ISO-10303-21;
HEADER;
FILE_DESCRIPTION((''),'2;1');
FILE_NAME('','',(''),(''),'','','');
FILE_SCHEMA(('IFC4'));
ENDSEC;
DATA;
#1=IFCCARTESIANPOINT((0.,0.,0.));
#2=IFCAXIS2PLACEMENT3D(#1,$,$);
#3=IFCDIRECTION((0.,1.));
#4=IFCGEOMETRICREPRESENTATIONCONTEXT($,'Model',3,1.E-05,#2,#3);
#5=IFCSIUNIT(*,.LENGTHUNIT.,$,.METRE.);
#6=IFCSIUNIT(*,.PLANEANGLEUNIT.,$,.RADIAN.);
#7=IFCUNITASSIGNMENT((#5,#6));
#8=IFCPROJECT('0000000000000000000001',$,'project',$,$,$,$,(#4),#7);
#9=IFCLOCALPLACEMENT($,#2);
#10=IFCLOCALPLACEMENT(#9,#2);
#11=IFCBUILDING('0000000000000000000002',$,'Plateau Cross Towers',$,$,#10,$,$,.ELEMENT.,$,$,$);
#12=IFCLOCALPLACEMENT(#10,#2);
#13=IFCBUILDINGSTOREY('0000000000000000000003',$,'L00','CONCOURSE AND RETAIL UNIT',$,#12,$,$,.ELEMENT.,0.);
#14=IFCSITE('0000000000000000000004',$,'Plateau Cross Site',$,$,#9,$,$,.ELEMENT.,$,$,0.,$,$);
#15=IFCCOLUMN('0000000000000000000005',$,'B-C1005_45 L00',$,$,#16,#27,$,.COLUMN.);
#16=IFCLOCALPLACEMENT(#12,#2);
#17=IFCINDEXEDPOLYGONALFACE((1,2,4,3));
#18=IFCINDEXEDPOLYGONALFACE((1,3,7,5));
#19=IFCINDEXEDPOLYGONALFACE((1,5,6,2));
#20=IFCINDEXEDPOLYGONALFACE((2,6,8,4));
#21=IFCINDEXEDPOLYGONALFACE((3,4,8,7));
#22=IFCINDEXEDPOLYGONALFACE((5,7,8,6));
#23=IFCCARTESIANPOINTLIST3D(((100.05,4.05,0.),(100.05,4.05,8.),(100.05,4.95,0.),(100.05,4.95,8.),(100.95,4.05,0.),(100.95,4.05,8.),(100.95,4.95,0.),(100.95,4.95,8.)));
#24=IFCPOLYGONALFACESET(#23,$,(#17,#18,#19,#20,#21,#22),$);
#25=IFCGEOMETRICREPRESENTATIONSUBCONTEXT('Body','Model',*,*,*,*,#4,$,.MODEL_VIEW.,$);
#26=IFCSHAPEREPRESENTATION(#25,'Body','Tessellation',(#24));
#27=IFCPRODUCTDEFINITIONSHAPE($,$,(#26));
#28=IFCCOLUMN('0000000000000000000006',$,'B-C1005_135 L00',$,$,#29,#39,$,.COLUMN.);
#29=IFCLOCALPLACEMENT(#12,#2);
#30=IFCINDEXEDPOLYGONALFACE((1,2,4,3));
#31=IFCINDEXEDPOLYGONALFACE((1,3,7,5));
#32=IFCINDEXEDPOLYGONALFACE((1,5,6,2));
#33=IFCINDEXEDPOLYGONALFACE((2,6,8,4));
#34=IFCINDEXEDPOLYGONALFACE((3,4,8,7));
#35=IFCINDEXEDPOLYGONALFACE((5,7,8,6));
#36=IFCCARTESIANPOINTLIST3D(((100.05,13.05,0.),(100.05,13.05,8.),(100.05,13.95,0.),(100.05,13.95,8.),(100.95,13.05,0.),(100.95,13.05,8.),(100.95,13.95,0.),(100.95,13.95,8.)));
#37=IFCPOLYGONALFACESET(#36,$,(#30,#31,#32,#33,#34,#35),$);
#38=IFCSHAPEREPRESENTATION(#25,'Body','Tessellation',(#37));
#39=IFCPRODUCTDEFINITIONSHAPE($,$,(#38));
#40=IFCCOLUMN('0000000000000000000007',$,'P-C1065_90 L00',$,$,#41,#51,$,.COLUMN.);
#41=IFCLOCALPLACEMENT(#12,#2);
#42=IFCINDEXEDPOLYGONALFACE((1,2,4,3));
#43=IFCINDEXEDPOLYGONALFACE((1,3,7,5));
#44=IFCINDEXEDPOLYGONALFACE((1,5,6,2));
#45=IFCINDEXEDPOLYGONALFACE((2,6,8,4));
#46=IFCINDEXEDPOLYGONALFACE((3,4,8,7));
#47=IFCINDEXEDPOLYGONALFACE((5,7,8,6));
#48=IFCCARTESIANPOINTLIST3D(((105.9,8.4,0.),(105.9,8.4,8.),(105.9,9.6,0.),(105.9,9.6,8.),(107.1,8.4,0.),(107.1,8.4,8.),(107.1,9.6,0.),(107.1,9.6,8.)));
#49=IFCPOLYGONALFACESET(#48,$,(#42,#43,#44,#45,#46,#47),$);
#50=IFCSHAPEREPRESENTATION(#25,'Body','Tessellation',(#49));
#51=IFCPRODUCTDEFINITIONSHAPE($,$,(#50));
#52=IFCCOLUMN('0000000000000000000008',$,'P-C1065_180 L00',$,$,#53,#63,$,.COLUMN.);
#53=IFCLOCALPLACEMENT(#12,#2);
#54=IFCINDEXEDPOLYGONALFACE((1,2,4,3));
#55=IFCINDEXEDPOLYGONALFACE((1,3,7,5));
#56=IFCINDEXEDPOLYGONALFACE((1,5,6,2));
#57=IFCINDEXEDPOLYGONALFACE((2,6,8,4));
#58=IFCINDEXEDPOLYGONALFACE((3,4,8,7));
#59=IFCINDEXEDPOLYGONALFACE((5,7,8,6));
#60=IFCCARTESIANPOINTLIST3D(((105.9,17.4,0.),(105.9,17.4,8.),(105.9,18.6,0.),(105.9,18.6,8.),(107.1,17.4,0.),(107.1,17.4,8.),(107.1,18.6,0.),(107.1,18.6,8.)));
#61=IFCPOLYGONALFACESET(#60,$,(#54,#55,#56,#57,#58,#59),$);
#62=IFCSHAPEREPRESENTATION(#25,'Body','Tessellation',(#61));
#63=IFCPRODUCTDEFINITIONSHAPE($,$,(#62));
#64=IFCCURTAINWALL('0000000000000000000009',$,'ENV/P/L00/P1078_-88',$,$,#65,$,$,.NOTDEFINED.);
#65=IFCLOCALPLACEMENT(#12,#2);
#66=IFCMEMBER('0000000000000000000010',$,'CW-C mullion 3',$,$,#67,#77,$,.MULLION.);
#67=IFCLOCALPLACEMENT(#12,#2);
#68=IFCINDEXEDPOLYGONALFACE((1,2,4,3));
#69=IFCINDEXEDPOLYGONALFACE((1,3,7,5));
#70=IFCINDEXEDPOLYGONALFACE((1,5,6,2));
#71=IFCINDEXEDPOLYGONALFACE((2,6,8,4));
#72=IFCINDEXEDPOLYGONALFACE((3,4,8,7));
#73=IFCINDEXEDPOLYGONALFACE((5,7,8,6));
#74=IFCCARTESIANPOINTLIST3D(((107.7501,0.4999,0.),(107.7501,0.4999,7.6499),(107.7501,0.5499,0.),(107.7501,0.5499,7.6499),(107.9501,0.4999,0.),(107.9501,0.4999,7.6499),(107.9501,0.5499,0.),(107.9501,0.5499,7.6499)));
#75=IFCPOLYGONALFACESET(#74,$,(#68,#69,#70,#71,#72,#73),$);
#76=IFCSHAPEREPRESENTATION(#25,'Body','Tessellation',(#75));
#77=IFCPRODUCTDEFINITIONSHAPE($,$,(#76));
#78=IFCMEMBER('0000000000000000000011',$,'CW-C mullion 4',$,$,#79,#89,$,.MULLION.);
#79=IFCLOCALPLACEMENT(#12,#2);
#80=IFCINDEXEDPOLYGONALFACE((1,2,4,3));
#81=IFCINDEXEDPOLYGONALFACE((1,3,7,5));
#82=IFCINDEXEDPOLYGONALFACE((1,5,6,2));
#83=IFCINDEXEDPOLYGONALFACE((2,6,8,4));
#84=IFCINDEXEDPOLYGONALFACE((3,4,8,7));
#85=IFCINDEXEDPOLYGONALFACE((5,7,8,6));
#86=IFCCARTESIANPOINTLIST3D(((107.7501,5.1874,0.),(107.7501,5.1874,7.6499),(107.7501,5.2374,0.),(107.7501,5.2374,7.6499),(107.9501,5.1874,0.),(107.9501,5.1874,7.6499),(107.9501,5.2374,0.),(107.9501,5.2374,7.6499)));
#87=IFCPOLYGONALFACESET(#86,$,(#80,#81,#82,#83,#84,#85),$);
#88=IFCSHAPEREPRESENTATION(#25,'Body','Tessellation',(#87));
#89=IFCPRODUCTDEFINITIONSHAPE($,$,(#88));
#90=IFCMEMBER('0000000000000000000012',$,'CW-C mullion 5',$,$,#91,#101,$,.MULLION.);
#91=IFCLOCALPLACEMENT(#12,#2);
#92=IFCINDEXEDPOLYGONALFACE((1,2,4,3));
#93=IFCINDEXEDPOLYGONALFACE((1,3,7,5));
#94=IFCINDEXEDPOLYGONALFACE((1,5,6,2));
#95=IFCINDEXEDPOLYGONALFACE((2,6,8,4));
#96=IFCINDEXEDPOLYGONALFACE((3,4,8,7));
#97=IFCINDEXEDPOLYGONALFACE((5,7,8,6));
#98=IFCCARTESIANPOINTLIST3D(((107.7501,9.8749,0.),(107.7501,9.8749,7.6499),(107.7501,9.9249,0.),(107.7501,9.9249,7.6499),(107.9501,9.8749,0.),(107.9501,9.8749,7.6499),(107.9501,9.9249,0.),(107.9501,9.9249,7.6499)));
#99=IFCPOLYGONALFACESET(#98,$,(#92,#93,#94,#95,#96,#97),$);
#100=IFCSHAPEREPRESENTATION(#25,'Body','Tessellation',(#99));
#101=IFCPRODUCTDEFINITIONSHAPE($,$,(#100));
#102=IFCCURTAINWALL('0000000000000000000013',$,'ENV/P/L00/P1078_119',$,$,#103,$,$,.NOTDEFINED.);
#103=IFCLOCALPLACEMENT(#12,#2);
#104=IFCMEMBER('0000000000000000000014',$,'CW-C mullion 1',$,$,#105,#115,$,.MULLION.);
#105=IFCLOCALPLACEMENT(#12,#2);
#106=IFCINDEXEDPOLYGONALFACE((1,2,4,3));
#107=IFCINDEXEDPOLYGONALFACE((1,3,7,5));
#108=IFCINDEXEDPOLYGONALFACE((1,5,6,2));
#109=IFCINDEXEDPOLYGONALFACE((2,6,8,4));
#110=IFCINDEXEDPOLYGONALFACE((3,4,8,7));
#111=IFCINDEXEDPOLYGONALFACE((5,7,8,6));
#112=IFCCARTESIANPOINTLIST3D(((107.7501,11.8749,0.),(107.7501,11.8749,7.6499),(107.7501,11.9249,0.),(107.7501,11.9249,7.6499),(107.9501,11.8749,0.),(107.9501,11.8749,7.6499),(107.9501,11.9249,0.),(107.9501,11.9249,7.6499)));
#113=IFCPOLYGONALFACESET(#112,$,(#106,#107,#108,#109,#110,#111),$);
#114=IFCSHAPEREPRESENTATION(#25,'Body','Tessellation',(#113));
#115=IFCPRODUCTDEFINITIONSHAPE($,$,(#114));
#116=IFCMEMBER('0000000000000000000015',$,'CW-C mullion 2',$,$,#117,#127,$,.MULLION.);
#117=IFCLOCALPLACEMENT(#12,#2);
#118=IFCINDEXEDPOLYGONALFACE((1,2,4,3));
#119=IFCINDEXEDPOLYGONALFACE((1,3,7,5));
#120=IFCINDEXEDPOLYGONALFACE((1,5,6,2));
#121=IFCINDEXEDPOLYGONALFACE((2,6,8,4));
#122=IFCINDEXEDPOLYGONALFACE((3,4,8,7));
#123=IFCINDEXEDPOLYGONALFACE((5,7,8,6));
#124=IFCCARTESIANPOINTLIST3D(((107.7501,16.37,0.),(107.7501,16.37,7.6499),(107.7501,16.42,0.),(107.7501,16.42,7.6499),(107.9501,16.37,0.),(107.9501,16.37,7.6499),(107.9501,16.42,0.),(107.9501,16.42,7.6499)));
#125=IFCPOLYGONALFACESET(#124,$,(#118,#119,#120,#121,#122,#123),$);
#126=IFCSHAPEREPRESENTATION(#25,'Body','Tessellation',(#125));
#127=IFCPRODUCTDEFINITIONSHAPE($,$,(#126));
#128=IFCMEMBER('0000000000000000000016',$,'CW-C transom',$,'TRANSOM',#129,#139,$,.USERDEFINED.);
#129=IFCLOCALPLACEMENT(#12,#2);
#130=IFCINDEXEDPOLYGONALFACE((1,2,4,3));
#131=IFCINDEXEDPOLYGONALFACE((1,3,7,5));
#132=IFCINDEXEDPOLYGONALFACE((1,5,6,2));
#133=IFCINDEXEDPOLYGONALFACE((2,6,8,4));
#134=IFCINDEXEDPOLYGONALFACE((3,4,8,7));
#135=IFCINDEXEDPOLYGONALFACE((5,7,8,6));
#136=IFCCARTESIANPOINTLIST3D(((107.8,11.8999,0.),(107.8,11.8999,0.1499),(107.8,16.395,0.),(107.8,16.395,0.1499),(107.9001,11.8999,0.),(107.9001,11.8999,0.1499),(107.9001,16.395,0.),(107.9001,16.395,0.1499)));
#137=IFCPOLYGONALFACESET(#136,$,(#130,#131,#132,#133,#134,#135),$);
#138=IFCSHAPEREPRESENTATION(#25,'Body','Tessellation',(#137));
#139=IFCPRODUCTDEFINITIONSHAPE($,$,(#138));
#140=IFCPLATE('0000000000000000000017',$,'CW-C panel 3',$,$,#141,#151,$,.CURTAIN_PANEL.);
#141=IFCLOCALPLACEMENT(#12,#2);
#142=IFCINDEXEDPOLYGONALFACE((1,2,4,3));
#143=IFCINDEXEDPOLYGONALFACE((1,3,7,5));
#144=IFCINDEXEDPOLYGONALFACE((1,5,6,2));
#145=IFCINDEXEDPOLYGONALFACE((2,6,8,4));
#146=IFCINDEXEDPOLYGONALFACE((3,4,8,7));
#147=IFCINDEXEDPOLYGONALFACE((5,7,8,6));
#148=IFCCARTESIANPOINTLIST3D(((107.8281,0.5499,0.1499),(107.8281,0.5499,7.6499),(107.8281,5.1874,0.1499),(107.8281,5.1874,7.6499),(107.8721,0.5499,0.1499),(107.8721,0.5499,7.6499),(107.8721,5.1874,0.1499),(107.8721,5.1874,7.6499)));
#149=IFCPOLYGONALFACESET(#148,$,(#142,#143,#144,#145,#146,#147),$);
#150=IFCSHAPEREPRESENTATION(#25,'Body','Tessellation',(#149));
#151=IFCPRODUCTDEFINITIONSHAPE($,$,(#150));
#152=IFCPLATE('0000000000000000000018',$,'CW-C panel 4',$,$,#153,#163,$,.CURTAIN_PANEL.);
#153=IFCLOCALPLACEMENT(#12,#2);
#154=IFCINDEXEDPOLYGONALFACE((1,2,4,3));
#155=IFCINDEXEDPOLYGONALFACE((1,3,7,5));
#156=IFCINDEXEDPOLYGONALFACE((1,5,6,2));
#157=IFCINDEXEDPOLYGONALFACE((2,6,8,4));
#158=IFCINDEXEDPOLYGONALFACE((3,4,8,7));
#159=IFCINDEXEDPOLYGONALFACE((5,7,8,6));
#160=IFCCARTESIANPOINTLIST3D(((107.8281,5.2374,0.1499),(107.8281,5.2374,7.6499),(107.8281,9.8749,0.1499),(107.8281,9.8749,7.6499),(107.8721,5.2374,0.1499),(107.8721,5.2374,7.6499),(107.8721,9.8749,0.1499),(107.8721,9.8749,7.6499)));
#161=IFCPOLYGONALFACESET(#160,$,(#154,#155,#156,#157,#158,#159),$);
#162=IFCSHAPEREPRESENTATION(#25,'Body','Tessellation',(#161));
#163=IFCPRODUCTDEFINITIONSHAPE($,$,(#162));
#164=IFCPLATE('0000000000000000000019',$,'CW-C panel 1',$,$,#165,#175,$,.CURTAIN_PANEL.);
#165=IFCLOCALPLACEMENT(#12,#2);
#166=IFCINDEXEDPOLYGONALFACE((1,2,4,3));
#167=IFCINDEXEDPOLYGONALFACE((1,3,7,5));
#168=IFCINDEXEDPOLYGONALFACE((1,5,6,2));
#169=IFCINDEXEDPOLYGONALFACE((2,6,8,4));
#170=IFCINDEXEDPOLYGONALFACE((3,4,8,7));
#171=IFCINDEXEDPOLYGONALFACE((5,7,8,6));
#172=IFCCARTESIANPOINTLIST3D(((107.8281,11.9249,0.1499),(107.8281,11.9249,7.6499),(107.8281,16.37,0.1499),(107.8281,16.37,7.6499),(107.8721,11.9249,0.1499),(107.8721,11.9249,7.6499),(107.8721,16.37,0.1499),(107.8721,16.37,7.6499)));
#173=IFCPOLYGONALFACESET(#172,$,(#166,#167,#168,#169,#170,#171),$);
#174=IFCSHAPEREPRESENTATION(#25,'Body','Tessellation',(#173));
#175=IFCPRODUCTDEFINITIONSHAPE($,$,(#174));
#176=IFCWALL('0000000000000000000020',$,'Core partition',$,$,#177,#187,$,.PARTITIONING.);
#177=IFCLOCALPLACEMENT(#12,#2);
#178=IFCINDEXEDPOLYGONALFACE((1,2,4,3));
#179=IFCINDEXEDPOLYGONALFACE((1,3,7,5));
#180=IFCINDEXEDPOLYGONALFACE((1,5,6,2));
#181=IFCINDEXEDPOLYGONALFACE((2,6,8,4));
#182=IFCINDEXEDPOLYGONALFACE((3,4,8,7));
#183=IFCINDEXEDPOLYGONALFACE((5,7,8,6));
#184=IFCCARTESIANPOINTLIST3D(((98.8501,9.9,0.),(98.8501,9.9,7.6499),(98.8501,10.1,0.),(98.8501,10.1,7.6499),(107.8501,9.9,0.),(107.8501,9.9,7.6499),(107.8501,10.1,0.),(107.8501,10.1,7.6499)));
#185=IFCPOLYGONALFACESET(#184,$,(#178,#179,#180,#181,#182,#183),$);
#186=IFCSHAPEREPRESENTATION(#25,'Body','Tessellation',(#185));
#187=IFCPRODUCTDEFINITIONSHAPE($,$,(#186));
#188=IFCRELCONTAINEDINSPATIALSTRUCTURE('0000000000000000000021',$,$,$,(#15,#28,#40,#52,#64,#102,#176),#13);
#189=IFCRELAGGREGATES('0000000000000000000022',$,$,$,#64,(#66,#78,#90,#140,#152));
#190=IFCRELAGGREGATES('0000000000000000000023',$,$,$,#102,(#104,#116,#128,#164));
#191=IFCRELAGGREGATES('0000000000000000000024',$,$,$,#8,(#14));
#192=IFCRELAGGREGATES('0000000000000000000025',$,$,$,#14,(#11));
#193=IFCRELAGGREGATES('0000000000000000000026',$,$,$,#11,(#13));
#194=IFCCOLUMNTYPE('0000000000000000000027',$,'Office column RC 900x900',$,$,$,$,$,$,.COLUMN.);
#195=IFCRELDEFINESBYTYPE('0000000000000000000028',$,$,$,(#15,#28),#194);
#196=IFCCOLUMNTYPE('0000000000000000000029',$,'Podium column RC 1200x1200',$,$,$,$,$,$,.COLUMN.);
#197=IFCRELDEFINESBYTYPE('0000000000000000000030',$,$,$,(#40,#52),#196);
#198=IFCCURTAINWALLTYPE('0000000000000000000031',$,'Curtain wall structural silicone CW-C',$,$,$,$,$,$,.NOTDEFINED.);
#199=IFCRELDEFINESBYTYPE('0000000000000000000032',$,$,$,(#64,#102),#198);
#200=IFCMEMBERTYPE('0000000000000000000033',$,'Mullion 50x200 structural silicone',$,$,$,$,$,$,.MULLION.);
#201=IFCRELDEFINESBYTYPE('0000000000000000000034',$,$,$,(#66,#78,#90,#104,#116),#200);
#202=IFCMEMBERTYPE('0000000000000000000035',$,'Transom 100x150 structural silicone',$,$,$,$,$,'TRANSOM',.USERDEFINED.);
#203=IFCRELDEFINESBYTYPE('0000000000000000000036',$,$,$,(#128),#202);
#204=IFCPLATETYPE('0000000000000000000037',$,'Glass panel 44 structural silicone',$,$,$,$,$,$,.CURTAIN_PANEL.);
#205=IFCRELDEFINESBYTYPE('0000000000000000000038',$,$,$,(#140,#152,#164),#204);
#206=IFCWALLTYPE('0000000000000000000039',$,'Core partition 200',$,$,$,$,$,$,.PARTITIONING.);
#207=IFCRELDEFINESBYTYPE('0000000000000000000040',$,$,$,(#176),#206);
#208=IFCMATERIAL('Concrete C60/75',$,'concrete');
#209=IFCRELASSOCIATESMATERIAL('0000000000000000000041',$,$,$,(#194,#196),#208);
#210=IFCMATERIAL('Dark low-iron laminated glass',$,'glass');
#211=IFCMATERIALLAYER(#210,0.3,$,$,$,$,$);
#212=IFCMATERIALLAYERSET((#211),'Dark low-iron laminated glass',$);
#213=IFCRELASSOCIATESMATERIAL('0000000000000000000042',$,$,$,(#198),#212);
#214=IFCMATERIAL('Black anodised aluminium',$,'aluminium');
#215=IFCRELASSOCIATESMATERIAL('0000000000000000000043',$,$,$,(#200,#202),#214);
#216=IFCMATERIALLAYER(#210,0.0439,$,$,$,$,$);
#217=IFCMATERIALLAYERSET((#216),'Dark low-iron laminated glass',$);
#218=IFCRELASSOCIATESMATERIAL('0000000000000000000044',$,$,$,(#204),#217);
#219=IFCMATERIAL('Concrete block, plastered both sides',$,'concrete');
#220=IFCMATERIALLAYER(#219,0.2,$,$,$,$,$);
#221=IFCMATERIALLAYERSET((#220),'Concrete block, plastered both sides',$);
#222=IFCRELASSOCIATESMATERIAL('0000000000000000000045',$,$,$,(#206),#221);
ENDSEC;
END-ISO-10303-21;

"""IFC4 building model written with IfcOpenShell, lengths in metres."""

from ifc_helpers import new_model, si_unit, direction, frame, frame_2d, origin, origin_2d, place, context, subcontext, project, spatial, rectangle, extrude, material, layer, layer_set, material_profile, profile_set, type_object, element, aggregate, save


model = new_model("IFC4")

# Units and contexts
model_context = context("Model", 3, precision=1e-05, world=origin(), true_north=direction((0.0, 1.0)))
body_context = subcontext(model_context, "Body", "Model", "MODEL_VIEW")
ifc_project = project(units=[si_unit("LENGTHUNIT", "METRE"), si_unit("PLANEANGLEUNIT", "RADIAN")], contexts=[model_context])

# Site, building, storey
site_placement = place(None, origin())
site = spatial("IfcSite", under=ifc_project, at=site_placement, Name="Plateau Cross Site", CompositionType="ELEMENT", RefElevation=0.0)
building_placement = place(site_placement, origin())
building = spatial("IfcBuilding", under=site, at=building_placement, Name="Plateau Cross Towers", CompositionType="ELEMENT")
storey_placement = place(building_placement, origin())
storey = spatial("IfcBuildingStorey", under=building, at=storey_placement, Name="L00", Description="CONCOURSE AND RETAIL UNIT", CompositionType="ELEMENT", Elevation=0.0)

# Columns
ifc_material_1 = material(Name="Concrete C60/75", Category="concrete")
ifc_material_profile_1 = material_profile(ifc_material_1, rectangle(XDim=0.8999, YDim=0.8999, at=origin_2d()), Name="RC 900x900")
ifc_profile_set_1 = profile_set([ifc_material_profile_1], Name="Concrete C60/75")
column_type_1 = type_object("IfcColumnType", Name="Office column RC 900x900", PredefinedType="COLUMN", material=ifc_profile_set_1)
for number, where, z_axis, x_axis, name in (
    (1, (100.5, 4.5, 0.0), (0.0, 0.0, 1.0), (1.0, 0.0, 0.0), "B-C1005_45 L00"),
    (2, (100.5, 13.5, 0.0), (0.0, 0.0, 1.0), (1.0, 0.0, 0.0), "B-C1005_135 L00"),
):
    element("IfcColumn", number, at=place(storey_placement, frame(where, z_axis=z_axis, x_axis=x_axis)), inside=storey, type_object=column_type_1, Name=name, PredefinedType="COLUMN", context=body_context, shape_type="SweptSolid", body=[
        extrude(rectangle(XDim=0.8999, YDim=0.8999, at=origin_2d()), origin(), (0.0, 0.0, 1.0), 8.0),
    ])
ifc_material_profile_2 = material_profile(ifc_material_1, rectangle(XDim=1.2, YDim=1.2, at=origin_2d()), Name="RC 1200x1200")
ifc_profile_set_2 = profile_set([ifc_material_profile_2], Name="Concrete C60/75")
column_type_2 = type_object("IfcColumnType", Name="Podium column RC 1200x1200", PredefinedType="COLUMN", material=ifc_profile_set_2)
for number, where, z_axis, x_axis, name in (
    (3, (106.5, 9.0, 0.0), (0.0, 0.0, 1.0), (1.0, 0.0, 0.0), "P-C1065_90 L00"),
    (4, (106.5, 18.0, 0.0), (0.0, 0.0, 1.0), (1.0, 0.0, 0.0), "P-C1065_180 L00"),
):
    element("IfcColumn", number, at=place(storey_placement, frame(where, z_axis=z_axis, x_axis=x_axis)), inside=storey, type_object=column_type_2, Name=name, PredefinedType="COLUMN", context=body_context, shape_type="SweptSolid", body=[
        extrude(rectangle(XDim=1.2, YDim=1.2, at=origin_2d()), origin(), (0.0, 0.0, 1.0), 8.0),
    ])

# Curtain walls, members
ifc_material_2 = material(Name="Dark low-iron laminated glass", Category="glass")
ifc_layer_1 = layer(ifc_material_2, 0.3)
ifc_layer_set_1 = layer_set([ifc_layer_1], Name="Dark low-iron laminated glass")
curtain_wall_type = type_object("IfcCurtainWallType", Name="Curtain wall structural silicone CW-C", PredefinedType="NOTDEFINED", material=ifc_layer_set_1)
curtain_wall_1_placement = place(storey_placement, origin())
curtain_wall_1 = element("IfcCurtainWall", 5, at=curtain_wall_1_placement, inside=storey, type_object=curtain_wall_type, Name="ENV/P/L00/P1078_-88", PredefinedType="NOTDEFINED")
ifc_material_3 = material(Name="Black anodised aluminium", Category="aluminium")
ifc_material_profile_3 = material_profile(ifc_material_3, rectangle(XDim=0.05, YDim=0.2, at=origin_2d()), Name="MULLION 50x200")
ifc_profile_set_3 = profile_set([ifc_material_profile_3], Name="Black anodised aluminium")
member_type_1 = type_object("IfcMemberType", Name="Mullion 50x200 structural silicone", PredefinedType="MULLION", material=ifc_profile_set_3)
member_1_placement = place(storey_placement, frame((107.8501, 0.5249, 0.0), z_axis=(0.0, 0.0, 1.0), x_axis=(0.0, 1.0, 0.0)))
member_1 = element("IfcMember", 6, at=member_1_placement, type_object=member_type_1, Name="CW-C mullion 3", PredefinedType="MULLION", context=body_context, shape_type="SweptSolid", body=[
    extrude(rectangle(XDim=0.05, YDim=0.2, at=origin_2d()), origin(), (0.0, 0.0, 1.0), 7.6499),
])
member_2_placement = place(storey_placement, frame((107.8501, 5.2124, 0.0), z_axis=(0.0, 0.0, 1.0), x_axis=(0.0, 1.0, 0.0)))
member_2 = element("IfcMember", 7, at=member_2_placement, type_object=member_type_1, Name="CW-C mullion 4", PredefinedType="MULLION", context=body_context, shape_type="SweptSolid", body=[
    extrude(rectangle(XDim=0.05, YDim=0.2, at=origin_2d()), origin(), (0.0, 0.0, 1.0), 7.6499),
])
member_3_placement = place(storey_placement, frame((107.8501, 9.8999, 0.0), z_axis=(0.0, 0.0, 1.0), x_axis=(0.0, 1.0, 0.0)))
member_3 = element("IfcMember", 8, at=member_3_placement, type_object=member_type_1, Name="CW-C mullion 5", PredefinedType="MULLION", context=body_context, shape_type="SweptSolid", body=[
    extrude(rectangle(XDim=0.05, YDim=0.2, at=origin_2d()), origin(), (0.0, 0.0, 1.0), 7.6499),
])
curtain_wall_2_placement = place(storey_placement, origin())
curtain_wall_2 = element("IfcCurtainWall", 9, at=curtain_wall_2_placement, inside=storey, type_object=curtain_wall_type, Name="ENV/P/L00/P1078_119", PredefinedType="NOTDEFINED")
member_4_placement = place(storey_placement, frame((107.8501, 11.8999, 0.0), z_axis=(0.0, 0.0, 1.0), x_axis=(0.0, 1.0, 0.0)))
member_4 = element("IfcMember", 10, at=member_4_placement, type_object=member_type_1, Name="CW-C mullion 1", PredefinedType="MULLION", context=body_context, shape_type="SweptSolid", body=[
    extrude(rectangle(XDim=0.05, YDim=0.2, at=origin_2d()), origin(), (0.0, 0.0, 1.0), 7.6499),
])
member_5_placement = place(storey_placement, frame((107.8501, 16.395, 0.0), z_axis=(0.0, 0.0, 1.0), x_axis=(0.0, 1.0, 0.0)))
member_5 = element("IfcMember", 11, at=member_5_placement, type_object=member_type_1, Name="CW-C mullion 2", PredefinedType="MULLION", context=body_context, shape_type="SweptSolid", body=[
    extrude(rectangle(XDim=0.05, YDim=0.2, at=origin_2d()), origin(), (0.0, 0.0, 1.0), 7.6499),
])
ifc_material_profile_4 = material_profile(ifc_material_3, rectangle(XDim=0.1001, YDim=0.1499, at=origin_2d()), Name="TRANSOM 100x150")
ifc_profile_set_4 = profile_set([ifc_material_profile_4], Name="Black anodised aluminium")
member_type_2 = type_object("IfcMemberType", Name="Transom 100x150 structural silicone", ElementType="TRANSOM", PredefinedType="USERDEFINED", material=ifc_profile_set_4)
member_6_placement = place(storey_placement, frame((107.8501, 11.8999, 0.075), z_axis=(0.0, 1.0, 0.0), x_axis=(-1.0, 0.0, 0.0)))
member_6 = element("IfcMember", 12, at=member_6_placement, type_object=member_type_2, Name="CW-C transom", ObjectType="TRANSOM", PredefinedType="USERDEFINED", context=body_context, shape_type="SweptSolid", body=[
    extrude(rectangle(XDim=0.1001, YDim=0.1499, at=origin_2d()), origin(), (0.0, 0.0, 1.0), 4.4951),
])

# Plates
ifc_layer_2 = layer(ifc_material_2, 0.0439)
ifc_layer_set_2 = layer_set([ifc_layer_2], Name="Dark low-iron laminated glass")
plate_type = type_object("IfcPlateType", Name="Glass panel 44 structural silicone", PredefinedType="CURTAIN_PANEL", material=ifc_layer_set_2)
plate_1_placement = place(storey_placement, frame((107.8501, 2.8687, 0.1499), z_axis=(0.0, 0.0, 1.0), x_axis=(0.0, 1.0, 0.0)))
plate_1 = element("IfcPlate", 13, at=plate_1_placement, type_object=plate_type, Name="CW-C panel 3", PredefinedType="CURTAIN_PANEL", context=body_context, shape_type="SweptSolid", body=[
    extrude(rectangle(XDim=4.6375, YDim=0.0439, at=origin_2d()), origin(), (0.0, 0.0, 1.0), 7.5),
])
plate_2_placement = place(storey_placement, frame((107.8501, 7.5562, 0.1499), z_axis=(0.0, 0.0, 1.0), x_axis=(0.0, 1.0, 0.0)))
plate_2 = element("IfcPlate", 14, at=plate_2_placement, type_object=plate_type, Name="CW-C panel 4", PredefinedType="CURTAIN_PANEL", context=body_context, shape_type="SweptSolid", body=[
    extrude(rectangle(XDim=4.6375, YDim=0.0439, at=origin_2d()), origin(), (0.0, 0.0, 1.0), 7.5),
])
aggregate(curtain_wall_1, [member_1, member_2, member_3, plate_1, plate_2])
plate_3_placement = place(storey_placement, frame((107.8501, 14.1475, 0.1499), z_axis=(0.0, 0.0, 1.0), x_axis=(0.0, 1.0, 0.0)))
plate_3 = element("IfcPlate", 15, at=plate_3_placement, type_object=plate_type, Name="CW-C panel 1", PredefinedType="CURTAIN_PANEL", context=body_context, shape_type="SweptSolid", body=[
    extrude(rectangle(XDim=4.4451, YDim=0.0439, at=origin_2d()), origin(), (0.0, 0.0, 1.0), 7.5),
])
aggregate(curtain_wall_2, [member_4, member_5, member_6, plate_3])

# Wall
ifc_material_4 = material(Name="Concrete block, plastered both sides", Category="concrete")
ifc_layer_3 = layer(ifc_material_4, 0.2)
ifc_layer_set_3 = layer_set([ifc_layer_3], Name="Concrete block, plastered both sides")
wall_type_1 = type_object("IfcWallType", Name="Core partition 200", PredefinedType="PARTITIONING", material=ifc_layer_set_3)
for number, where, z_axis, x_axis, name in (
    (16, (98.8501, 10.0, 0.0), (0.0, 0.0, 1.0), (1.0, 0.0, 0.0), "Core partition"),
):
    element("IfcWall", number, at=place(storey_placement, frame(where, z_axis=z_axis, x_axis=x_axis)), inside=storey, type_object=wall_type_1, Name=name, PredefinedType="PARTITIONING", context=body_context, shape_type="SweptSolid", body=[
        extrude(rectangle(XDim=9.0, YDim=0.2, at=frame_2d((4.5, 0.0))), origin(), (0.0, 0.0, 1.0), 7.6499),
    ])

save(model, "model.ifc")
